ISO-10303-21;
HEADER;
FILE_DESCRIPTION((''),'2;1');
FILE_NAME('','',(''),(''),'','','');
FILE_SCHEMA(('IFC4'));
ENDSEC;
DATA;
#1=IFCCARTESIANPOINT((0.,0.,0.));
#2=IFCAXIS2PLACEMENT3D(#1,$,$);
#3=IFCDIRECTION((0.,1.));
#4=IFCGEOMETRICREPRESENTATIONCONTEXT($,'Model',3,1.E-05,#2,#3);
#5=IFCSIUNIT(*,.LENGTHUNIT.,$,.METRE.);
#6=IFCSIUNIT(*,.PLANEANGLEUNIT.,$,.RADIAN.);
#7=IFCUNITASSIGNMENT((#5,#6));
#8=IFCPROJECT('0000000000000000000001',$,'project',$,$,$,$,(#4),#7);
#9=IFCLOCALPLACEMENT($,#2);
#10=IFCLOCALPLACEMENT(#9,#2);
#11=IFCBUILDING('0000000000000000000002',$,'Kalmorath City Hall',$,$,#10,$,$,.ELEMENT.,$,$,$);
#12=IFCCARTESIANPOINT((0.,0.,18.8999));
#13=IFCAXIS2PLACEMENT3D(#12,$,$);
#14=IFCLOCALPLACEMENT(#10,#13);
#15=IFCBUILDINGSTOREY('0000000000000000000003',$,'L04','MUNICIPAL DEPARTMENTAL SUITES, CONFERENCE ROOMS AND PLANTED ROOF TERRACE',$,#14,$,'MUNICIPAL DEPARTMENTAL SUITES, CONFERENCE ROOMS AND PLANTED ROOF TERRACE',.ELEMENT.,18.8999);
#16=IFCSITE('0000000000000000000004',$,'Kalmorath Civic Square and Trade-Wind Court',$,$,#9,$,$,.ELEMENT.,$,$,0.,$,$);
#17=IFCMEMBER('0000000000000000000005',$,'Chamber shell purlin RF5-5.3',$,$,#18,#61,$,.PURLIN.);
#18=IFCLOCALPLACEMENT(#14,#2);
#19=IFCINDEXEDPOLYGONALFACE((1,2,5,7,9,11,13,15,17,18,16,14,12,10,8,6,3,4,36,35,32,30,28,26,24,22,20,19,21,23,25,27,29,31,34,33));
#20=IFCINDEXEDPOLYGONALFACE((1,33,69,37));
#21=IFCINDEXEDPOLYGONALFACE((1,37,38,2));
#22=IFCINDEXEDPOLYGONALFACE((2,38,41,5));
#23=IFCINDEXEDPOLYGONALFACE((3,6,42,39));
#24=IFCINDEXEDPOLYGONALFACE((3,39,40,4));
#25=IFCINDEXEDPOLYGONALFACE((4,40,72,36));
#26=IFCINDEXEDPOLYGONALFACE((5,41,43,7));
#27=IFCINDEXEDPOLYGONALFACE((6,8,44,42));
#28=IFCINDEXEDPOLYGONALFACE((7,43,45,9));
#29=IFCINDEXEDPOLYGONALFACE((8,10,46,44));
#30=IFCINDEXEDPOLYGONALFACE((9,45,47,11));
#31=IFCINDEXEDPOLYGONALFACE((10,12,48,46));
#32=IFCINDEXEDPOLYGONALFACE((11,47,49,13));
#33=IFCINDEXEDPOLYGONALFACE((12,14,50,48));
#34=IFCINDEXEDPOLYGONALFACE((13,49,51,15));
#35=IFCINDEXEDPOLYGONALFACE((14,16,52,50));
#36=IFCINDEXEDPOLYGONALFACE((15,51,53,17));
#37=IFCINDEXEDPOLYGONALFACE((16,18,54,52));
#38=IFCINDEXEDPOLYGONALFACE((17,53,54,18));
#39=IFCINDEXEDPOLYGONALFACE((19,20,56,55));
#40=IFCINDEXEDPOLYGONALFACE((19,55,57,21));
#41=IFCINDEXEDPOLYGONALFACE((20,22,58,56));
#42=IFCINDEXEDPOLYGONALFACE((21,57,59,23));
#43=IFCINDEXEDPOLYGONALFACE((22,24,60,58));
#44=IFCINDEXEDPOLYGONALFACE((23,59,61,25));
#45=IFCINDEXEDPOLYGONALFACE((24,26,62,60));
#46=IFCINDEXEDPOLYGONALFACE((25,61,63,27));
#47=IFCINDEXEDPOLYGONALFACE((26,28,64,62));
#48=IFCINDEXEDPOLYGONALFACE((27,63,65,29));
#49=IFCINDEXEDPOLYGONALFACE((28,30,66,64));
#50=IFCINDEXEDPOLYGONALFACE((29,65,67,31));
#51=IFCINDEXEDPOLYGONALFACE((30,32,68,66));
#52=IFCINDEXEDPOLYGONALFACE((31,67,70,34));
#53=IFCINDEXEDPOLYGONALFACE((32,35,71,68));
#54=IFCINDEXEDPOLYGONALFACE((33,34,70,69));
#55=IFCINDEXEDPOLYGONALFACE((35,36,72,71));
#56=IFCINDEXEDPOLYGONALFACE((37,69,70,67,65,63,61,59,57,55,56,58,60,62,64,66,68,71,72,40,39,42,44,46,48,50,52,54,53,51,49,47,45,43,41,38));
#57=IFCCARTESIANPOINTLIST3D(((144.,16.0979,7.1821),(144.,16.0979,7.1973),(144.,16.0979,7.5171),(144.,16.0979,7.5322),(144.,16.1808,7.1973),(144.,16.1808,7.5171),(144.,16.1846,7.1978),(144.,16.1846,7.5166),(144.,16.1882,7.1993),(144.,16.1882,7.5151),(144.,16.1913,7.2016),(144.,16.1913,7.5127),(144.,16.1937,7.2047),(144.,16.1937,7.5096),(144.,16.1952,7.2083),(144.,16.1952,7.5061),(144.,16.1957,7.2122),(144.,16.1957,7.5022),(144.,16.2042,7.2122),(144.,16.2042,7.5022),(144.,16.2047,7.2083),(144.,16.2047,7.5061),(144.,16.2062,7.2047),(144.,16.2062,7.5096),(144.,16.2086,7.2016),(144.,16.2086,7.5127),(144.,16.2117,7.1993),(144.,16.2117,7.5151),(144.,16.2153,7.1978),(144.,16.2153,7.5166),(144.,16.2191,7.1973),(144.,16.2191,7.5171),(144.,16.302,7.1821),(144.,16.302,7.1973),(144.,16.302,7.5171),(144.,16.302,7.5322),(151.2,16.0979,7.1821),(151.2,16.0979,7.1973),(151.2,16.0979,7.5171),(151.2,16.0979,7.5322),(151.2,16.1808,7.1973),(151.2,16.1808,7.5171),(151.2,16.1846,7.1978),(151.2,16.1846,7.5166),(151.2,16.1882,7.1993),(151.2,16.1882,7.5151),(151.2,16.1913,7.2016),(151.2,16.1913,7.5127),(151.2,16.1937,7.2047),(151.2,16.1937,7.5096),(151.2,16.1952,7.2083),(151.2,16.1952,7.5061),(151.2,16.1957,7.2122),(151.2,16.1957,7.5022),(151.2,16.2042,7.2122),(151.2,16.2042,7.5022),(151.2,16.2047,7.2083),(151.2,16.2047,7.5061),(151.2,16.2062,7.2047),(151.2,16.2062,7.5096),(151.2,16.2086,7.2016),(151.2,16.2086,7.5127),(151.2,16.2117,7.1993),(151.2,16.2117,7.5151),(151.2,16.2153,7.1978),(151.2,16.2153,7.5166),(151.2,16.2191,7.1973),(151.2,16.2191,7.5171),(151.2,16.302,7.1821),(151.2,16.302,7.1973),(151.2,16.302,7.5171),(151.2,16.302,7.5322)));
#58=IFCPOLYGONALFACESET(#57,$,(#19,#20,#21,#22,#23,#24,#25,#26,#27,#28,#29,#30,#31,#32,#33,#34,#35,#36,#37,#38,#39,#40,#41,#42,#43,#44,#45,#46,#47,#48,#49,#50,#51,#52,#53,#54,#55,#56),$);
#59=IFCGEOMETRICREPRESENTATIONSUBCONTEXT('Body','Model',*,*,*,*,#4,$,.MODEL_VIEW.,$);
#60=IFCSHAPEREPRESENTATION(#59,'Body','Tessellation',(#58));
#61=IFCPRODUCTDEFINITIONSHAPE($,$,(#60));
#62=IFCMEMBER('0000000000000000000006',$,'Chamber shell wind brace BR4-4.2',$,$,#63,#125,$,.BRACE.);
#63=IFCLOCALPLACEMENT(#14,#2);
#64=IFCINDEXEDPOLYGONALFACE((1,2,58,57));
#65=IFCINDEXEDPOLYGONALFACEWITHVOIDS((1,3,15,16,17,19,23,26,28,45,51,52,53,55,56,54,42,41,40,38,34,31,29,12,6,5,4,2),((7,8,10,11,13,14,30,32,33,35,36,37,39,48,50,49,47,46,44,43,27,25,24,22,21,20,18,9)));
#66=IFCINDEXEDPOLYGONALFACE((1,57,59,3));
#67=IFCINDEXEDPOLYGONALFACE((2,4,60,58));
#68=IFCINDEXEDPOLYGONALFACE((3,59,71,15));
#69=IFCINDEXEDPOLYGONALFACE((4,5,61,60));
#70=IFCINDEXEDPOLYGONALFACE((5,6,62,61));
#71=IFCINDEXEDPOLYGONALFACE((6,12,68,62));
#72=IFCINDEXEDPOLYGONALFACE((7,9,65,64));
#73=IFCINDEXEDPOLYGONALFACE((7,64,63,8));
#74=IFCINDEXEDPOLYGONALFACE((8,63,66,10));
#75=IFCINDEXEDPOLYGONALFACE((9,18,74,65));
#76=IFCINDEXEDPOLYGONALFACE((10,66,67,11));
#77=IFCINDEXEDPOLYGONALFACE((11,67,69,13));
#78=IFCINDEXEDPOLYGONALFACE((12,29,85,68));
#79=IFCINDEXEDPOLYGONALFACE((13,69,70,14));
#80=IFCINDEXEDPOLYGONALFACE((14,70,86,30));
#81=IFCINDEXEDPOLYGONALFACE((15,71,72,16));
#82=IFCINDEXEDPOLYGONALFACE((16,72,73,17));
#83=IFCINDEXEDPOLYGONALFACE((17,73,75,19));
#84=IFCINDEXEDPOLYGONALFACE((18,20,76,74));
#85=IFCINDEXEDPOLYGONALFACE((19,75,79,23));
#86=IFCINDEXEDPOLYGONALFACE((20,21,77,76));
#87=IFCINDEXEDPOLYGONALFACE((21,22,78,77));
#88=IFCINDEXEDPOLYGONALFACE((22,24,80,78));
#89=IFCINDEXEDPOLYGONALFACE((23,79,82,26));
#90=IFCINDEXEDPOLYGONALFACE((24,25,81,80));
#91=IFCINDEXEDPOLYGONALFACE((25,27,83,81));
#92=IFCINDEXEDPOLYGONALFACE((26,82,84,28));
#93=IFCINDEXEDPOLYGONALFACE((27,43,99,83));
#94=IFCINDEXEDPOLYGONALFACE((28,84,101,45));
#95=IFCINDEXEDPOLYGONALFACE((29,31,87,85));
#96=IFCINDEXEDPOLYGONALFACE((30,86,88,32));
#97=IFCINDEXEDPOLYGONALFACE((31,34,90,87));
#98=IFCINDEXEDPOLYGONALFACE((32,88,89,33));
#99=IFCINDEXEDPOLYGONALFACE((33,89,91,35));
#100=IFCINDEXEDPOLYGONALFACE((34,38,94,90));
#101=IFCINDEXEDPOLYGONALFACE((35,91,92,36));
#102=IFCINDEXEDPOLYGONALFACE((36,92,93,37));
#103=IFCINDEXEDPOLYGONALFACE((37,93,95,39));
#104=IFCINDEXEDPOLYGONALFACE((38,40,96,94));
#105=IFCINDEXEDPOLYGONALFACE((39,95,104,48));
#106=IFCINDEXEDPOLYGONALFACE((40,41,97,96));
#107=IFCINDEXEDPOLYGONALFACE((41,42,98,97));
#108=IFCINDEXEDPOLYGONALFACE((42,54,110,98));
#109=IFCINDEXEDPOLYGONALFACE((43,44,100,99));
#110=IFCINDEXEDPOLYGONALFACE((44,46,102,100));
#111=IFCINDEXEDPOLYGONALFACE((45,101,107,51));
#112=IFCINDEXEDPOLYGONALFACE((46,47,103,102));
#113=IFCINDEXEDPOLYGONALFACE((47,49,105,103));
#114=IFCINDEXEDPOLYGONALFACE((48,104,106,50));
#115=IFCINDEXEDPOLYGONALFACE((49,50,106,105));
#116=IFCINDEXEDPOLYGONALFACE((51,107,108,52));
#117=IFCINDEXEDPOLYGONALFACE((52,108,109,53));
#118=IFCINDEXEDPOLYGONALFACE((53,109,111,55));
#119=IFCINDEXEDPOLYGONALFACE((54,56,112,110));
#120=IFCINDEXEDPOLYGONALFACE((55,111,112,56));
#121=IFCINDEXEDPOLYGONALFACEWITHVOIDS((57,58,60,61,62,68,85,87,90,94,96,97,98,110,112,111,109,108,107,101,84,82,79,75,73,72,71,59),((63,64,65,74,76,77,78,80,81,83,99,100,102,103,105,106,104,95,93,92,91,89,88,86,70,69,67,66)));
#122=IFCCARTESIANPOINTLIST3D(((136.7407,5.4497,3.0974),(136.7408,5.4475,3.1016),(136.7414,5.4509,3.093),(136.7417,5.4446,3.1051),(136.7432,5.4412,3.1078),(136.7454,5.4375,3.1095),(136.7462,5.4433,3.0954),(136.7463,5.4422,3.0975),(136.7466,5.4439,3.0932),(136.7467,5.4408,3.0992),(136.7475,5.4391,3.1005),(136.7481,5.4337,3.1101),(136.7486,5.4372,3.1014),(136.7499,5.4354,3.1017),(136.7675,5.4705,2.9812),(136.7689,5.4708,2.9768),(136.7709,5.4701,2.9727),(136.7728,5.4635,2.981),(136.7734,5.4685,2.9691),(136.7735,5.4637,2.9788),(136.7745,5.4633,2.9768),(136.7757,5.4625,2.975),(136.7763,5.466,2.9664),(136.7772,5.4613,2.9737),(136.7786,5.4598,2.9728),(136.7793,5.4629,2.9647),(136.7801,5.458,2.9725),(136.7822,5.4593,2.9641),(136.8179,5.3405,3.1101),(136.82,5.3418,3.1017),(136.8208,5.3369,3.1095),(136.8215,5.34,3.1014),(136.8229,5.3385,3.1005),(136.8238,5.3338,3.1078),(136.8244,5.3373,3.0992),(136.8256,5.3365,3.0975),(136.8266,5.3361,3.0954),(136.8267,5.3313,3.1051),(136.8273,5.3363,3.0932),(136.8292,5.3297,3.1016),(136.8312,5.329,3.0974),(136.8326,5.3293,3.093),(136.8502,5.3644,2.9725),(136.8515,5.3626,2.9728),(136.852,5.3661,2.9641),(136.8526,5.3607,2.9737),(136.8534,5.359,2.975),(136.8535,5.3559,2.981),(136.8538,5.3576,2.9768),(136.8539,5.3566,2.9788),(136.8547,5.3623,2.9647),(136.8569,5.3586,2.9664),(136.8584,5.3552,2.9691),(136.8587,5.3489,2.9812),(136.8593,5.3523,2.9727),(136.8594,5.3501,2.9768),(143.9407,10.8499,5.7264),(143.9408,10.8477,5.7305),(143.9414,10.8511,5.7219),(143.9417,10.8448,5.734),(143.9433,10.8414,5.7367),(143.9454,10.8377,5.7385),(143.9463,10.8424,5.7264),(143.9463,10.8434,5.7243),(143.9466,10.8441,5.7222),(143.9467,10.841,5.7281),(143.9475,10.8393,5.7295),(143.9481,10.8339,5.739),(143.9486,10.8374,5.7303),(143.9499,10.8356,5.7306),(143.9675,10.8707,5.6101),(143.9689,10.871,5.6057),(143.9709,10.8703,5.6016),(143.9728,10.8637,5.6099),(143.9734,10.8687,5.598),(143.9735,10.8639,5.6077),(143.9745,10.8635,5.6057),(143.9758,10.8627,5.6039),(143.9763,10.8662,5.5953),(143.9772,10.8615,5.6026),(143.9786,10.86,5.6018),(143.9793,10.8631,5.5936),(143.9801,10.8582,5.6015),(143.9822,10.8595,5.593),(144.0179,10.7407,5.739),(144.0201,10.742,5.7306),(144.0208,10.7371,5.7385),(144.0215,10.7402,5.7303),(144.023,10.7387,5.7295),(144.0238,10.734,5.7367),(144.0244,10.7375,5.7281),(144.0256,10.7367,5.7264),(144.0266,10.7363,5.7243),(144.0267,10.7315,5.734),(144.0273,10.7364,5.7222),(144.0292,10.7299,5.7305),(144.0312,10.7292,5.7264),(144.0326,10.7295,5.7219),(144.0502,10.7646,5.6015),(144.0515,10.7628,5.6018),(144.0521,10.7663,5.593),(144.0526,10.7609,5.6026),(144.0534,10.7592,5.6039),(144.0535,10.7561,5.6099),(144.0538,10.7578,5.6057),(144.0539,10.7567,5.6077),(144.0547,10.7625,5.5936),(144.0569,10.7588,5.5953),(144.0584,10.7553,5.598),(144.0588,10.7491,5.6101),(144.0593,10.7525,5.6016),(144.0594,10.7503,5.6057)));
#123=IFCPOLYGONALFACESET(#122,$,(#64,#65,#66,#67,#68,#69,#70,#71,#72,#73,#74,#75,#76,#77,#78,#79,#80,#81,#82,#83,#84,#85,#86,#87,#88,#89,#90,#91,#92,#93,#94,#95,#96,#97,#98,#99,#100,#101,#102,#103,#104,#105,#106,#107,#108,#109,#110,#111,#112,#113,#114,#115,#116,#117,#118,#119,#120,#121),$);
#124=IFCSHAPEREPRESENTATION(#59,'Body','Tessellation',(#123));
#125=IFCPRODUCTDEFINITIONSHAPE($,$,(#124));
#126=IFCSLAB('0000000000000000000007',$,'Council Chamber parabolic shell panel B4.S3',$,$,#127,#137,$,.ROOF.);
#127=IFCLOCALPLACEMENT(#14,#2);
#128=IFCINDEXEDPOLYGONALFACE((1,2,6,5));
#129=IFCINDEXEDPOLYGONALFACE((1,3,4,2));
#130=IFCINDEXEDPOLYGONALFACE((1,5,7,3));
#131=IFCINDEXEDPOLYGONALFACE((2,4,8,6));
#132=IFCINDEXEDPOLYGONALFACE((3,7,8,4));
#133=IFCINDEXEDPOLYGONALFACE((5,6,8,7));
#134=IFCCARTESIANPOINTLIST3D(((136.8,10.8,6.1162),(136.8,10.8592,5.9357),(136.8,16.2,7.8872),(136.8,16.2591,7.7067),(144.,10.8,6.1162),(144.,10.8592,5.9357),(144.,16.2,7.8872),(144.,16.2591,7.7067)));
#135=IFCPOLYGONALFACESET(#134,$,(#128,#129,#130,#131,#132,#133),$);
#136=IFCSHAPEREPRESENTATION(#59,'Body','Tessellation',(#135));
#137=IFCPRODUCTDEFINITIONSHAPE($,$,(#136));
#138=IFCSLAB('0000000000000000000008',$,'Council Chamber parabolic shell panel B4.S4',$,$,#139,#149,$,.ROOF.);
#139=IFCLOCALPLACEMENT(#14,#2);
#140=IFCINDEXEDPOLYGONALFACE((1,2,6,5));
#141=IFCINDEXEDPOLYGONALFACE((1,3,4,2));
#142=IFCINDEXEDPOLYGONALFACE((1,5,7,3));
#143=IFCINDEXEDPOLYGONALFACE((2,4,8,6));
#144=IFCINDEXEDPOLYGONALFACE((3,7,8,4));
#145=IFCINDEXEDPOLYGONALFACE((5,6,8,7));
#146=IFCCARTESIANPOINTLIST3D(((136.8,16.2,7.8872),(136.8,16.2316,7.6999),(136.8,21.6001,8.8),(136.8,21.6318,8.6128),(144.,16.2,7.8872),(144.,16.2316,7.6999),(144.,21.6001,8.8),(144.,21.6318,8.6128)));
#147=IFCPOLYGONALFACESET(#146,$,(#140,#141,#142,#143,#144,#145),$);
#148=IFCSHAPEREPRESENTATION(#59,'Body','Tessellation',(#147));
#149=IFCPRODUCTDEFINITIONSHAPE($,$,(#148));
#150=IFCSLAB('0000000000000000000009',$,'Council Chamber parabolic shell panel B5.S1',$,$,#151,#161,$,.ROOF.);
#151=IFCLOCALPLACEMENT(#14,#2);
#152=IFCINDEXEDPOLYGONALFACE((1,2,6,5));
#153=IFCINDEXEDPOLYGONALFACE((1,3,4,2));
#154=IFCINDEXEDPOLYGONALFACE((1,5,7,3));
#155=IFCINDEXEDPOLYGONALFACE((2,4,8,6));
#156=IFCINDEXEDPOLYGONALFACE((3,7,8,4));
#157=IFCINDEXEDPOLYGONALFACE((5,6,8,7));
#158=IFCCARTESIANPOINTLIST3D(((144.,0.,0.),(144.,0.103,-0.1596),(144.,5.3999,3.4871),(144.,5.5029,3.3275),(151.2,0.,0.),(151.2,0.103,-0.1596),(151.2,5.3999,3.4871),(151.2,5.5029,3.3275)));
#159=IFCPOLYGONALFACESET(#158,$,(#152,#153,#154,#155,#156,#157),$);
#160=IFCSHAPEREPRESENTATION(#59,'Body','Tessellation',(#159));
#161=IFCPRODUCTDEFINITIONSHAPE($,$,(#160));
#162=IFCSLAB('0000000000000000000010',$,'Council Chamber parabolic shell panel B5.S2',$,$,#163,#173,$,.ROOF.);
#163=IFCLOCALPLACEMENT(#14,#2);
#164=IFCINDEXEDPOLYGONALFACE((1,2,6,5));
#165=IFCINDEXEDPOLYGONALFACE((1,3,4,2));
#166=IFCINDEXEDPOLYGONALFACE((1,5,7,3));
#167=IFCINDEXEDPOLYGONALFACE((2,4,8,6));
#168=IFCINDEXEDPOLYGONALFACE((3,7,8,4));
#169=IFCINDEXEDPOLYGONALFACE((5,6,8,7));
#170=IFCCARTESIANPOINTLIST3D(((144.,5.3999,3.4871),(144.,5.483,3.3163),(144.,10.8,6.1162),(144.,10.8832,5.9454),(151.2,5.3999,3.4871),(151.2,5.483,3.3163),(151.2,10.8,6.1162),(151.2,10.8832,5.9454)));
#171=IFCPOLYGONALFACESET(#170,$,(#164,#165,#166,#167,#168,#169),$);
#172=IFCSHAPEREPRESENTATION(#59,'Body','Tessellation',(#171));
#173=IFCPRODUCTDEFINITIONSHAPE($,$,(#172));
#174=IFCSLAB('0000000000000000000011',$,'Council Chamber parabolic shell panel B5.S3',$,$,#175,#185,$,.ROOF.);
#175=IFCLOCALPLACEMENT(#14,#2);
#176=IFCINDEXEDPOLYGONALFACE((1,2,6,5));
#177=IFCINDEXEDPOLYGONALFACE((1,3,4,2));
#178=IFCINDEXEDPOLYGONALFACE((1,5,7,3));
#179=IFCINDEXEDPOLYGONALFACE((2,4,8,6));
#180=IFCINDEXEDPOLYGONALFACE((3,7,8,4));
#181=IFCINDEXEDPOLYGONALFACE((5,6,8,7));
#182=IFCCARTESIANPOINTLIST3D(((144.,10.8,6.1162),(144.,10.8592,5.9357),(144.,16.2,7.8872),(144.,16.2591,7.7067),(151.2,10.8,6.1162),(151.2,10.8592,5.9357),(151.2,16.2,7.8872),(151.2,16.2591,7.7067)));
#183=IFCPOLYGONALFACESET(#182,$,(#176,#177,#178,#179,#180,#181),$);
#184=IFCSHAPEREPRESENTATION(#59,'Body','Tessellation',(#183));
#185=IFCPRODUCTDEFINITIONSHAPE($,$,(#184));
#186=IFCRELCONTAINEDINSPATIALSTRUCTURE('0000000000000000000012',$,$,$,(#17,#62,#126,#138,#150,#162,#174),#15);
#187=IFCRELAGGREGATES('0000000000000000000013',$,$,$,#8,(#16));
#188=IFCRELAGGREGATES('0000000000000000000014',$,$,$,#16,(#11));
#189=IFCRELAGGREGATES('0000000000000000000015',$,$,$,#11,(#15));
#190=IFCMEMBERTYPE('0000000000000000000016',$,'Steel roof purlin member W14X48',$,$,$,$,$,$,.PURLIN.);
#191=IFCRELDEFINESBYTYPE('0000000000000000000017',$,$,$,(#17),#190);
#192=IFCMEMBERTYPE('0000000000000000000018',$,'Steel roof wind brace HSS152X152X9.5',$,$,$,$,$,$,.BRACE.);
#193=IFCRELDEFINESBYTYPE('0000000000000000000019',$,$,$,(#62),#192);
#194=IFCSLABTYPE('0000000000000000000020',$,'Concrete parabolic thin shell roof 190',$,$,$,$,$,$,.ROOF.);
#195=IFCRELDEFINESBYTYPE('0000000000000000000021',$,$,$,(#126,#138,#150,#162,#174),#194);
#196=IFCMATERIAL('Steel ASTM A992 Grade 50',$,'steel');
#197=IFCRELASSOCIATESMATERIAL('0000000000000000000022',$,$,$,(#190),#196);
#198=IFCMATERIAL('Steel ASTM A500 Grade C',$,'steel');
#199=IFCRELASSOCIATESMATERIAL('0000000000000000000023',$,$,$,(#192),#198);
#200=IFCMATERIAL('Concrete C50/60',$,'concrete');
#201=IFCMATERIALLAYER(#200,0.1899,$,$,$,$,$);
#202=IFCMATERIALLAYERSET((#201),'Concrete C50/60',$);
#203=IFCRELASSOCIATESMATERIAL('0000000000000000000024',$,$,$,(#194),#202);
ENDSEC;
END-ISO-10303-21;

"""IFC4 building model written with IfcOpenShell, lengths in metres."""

from ifc_helpers import new_model, si_unit, direction, frame, origin, origin_2d, place, context, subcontext, project, spatial, polyline, hollow_rectangle, i_section, outline, extrude, material, layer, layer_set, material_profile, profile_set, type_object, element, save


model = new_model("IFC4")

# Units and contexts
model_context = context("Model", 3, precision=1e-05, world=origin(), true_north=direction((0.0, 1.0)))
body_context = subcontext(model_context, "Body", "Model", "MODEL_VIEW")
ifc_project = project(units=[si_unit("LENGTHUNIT", "METRE"), si_unit("PLANEANGLEUNIT", "RADIAN")], contexts=[model_context])

# Site, building, storey
site_placement = place(None, origin())
site = spatial("IfcSite", under=ifc_project, at=site_placement, Name="Kalmorath Civic Square and Trade-Wind Court", CompositionType="ELEMENT", RefElevation=0.0)
building_placement = place(site_placement, origin())
building = spatial("IfcBuilding", under=site, at=building_placement, Name="Kalmorath City Hall", CompositionType="ELEMENT")
storey_placement = place(building_placement, frame((0.0, 0.0, 18.8999)))
storey = spatial("IfcBuildingStorey", under=building, at=storey_placement, Name="L04", Description="MUNICIPAL DEPARTMENTAL SUITES, CONFERENCE ROOMS AND PLANTED ROOF TERRACE", LongName="MUNICIPAL DEPARTMENTAL SUITES, CONFERENCE ROOMS AND PLANTED ROOF TERRACE", CompositionType="ELEMENT", Elevation=18.8999)

# Members
ifc_material_1 = material(Name="Steel ASTM A992 Grade 50", Category="steel")
ifc_material_profile_1 = material_profile(ifc_material_1, i_section(OverallWidth=0.2041, OverallDepth=0.3501, WebThickness=0.0085, FlangeThickness=0.0151, FilletRadius=0.0149, at=origin_2d()), Name="W14X48")
ifc_profile_set_1 = profile_set([ifc_material_profile_1], Name="Steel ASTM A992 Grade 50")
member_type_1 = type_object("IfcMemberType", Name="Steel roof purlin member W14X48", PredefinedType="PURLIN", material=ifc_profile_set_1)
for number, where, z_axis, x_axis, name in (
    (1, (144.0, 16.2, 7.3572), (1.0, 0.0, 0.0), (0.0, 1.0, 0.0), "Chamber shell purlin RF5-5.3"),
):
    element("IfcMember", number, at=place(storey_placement, frame(where, z_axis=z_axis, x_axis=x_axis)), inside=storey, type_object=member_type_1, Name=name, PredefinedType="PURLIN", context=body_context, shape_type="SweptSolid", body=[
        extrude(i_section(OverallWidth=0.2041, OverallDepth=0.3501, WebThickness=0.0085, FlangeThickness=0.0151, FilletRadius=0.0149, at=origin_2d()), origin(), (0.0, 0.0, 1.0), 7.2),
    ])
ifc_material_2 = material(Name="Steel ASTM A500 Grade C", Category="steel")
ifc_material_profile_2 = material_profile(ifc_material_2, hollow_rectangle(XDim=0.1521, YDim=0.1521, WallThickness=0.0088, InnerFilletRadius=0.0088, OuterFilletRadius=0.0178, at=origin_2d()), Name="HSS152X152X9.5")
ifc_profile_set_2 = profile_set([ifc_material_profile_2], Name="Steel ASTM A500 Grade C")
member_type_2 = type_object("IfcMemberType", Name="Steel roof wind brace HSS152X152X9.5", PredefinedType="BRACE", material=ifc_profile_set_2)
member_placement = place(storey_placement, frame((136.8, 5.3999, 3.0371), z_axis=(0.767901, 0.575946, 0.280383), x_axis=(-0.600013, 0.79999, 0.0)))
element("IfcMember", 2, at=member_placement, inside=storey, type_object=member_type_2, Name="Chamber shell wind brace BR4-4.2", PredefinedType="BRACE", context=body_context, shape_type="SweptSolid", body=[
    extrude(hollow_rectangle(XDim=0.1521, YDim=0.1521, WallThickness=0.0088, InnerFilletRadius=0.0088, OuterFilletRadius=0.0178, at=origin_2d()), origin(), (0.0, 0.0, 1.0), 9.3762),
])

# Slabs
ifc_material_3 = material(Name="Concrete C50/60", Category="concrete")
ifc_layer_1 = layer(ifc_material_3, 0.1899)
ifc_layer_set_1 = layer_set([ifc_layer_1], Name="Concrete C50/60")
slab_type = type_object("IfcSlabType", Name="Concrete parabolic thin shell roof 190", PredefinedType="ROOF", material=ifc_layer_set_1)
slab_1_placement = place(storey_placement, frame((136.8, 10.8, 6.1162), z_axis=(0.0, -0.311636, 0.950202), x_axis=(1.0, 0.0, 0.0)))
element("IfcSlab", 3, at=slab_1_placement, inside=storey, type_object=slab_type, Name="Council Chamber parabolic shell panel B4.S3", PredefinedType="ROOF", context=body_context, shape_type="SweptSolid", body=[
    extrude(outline(polyline([(0.0, 0.0), (7.2, 0.0), (7.2, 5.6829), (0.0, 5.6829), (0.0, 0.0)])), origin(), (0.0, 0.0, -1.0), 0.1899),
])
slab_2_placement = place(storey_placement, frame((136.8, 16.2, 7.8872), z_axis=(0.0, -0.166676, 0.986012), x_axis=(1.0, 0.0, 0.0)))
element("IfcSlab", 4, at=slab_2_placement, inside=storey, type_object=slab_type, Name="Council Chamber parabolic shell panel B4.S4", PredefinedType="ROOF", context=body_context, shape_type="SweptSolid", body=[
    extrude(outline(polyline([(0.0, 0.0), (7.2, 0.0), (7.2, 5.4768), (0.0, 5.4768), (0.0, 0.0)])), origin(), (0.0, 0.0, -1.0), 0.1899),
])
slab_3_placement = place(storey_placement, frame((144.0, 0.0, 0.0), z_axis=(0.0, -0.542484, 0.840066), x_axis=(1.0, 0.0, 0.0)))
element("IfcSlab", 5, at=slab_3_placement, inside=storey, type_object=slab_type, Name="Council Chamber parabolic shell panel B5.S1", PredefinedType="ROOF", context=body_context, shape_type="SweptSolid", body=[
    extrude(outline(polyline([(0.0, 0.0), (7.2, 0.0), (7.2, 6.4279), (0.0, 6.4279), (0.0, 0.0)])), origin(), (0.0, 0.0, -1.0), 0.1899),
])
slab_4_placement = place(storey_placement, frame((144.0, 5.3999, 3.4871), z_axis=(0.0, -0.437742, 0.899101), x_axis=(1.0, 0.0, 0.0)))
element("IfcSlab", 6, at=slab_4_placement, inside=storey, type_object=slab_type, Name="Council Chamber parabolic shell panel B5.S2", PredefinedType="ROOF", context=body_context, shape_type="SweptSolid", body=[
    extrude(outline(polyline([(0.0, 0.0), (7.2, 0.0), (7.2, 6.0062), (0.0, 6.0062), (0.0, 0.0)])), origin(), (0.0, 0.0, -1.0), 0.1899),
])
slab_5_placement = place(storey_placement, frame((144.0, 10.8, 6.1162), z_axis=(0.0, -0.311636, 0.950202), x_axis=(1.0, 0.0, 0.0)))
element("IfcSlab", 7, at=slab_5_placement, inside=storey, type_object=slab_type, Name="Council Chamber parabolic shell panel B5.S3", PredefinedType="ROOF", context=body_context, shape_type="SweptSolid", body=[
    extrude(outline(polyline([(0.0, 0.0), (7.2, 0.0), (7.2, 5.6829), (0.0, 5.6829), (0.0, 0.0)])), origin(), (0.0, 0.0, -1.0), 0.1899),
])

save(model, "model.ifc")
